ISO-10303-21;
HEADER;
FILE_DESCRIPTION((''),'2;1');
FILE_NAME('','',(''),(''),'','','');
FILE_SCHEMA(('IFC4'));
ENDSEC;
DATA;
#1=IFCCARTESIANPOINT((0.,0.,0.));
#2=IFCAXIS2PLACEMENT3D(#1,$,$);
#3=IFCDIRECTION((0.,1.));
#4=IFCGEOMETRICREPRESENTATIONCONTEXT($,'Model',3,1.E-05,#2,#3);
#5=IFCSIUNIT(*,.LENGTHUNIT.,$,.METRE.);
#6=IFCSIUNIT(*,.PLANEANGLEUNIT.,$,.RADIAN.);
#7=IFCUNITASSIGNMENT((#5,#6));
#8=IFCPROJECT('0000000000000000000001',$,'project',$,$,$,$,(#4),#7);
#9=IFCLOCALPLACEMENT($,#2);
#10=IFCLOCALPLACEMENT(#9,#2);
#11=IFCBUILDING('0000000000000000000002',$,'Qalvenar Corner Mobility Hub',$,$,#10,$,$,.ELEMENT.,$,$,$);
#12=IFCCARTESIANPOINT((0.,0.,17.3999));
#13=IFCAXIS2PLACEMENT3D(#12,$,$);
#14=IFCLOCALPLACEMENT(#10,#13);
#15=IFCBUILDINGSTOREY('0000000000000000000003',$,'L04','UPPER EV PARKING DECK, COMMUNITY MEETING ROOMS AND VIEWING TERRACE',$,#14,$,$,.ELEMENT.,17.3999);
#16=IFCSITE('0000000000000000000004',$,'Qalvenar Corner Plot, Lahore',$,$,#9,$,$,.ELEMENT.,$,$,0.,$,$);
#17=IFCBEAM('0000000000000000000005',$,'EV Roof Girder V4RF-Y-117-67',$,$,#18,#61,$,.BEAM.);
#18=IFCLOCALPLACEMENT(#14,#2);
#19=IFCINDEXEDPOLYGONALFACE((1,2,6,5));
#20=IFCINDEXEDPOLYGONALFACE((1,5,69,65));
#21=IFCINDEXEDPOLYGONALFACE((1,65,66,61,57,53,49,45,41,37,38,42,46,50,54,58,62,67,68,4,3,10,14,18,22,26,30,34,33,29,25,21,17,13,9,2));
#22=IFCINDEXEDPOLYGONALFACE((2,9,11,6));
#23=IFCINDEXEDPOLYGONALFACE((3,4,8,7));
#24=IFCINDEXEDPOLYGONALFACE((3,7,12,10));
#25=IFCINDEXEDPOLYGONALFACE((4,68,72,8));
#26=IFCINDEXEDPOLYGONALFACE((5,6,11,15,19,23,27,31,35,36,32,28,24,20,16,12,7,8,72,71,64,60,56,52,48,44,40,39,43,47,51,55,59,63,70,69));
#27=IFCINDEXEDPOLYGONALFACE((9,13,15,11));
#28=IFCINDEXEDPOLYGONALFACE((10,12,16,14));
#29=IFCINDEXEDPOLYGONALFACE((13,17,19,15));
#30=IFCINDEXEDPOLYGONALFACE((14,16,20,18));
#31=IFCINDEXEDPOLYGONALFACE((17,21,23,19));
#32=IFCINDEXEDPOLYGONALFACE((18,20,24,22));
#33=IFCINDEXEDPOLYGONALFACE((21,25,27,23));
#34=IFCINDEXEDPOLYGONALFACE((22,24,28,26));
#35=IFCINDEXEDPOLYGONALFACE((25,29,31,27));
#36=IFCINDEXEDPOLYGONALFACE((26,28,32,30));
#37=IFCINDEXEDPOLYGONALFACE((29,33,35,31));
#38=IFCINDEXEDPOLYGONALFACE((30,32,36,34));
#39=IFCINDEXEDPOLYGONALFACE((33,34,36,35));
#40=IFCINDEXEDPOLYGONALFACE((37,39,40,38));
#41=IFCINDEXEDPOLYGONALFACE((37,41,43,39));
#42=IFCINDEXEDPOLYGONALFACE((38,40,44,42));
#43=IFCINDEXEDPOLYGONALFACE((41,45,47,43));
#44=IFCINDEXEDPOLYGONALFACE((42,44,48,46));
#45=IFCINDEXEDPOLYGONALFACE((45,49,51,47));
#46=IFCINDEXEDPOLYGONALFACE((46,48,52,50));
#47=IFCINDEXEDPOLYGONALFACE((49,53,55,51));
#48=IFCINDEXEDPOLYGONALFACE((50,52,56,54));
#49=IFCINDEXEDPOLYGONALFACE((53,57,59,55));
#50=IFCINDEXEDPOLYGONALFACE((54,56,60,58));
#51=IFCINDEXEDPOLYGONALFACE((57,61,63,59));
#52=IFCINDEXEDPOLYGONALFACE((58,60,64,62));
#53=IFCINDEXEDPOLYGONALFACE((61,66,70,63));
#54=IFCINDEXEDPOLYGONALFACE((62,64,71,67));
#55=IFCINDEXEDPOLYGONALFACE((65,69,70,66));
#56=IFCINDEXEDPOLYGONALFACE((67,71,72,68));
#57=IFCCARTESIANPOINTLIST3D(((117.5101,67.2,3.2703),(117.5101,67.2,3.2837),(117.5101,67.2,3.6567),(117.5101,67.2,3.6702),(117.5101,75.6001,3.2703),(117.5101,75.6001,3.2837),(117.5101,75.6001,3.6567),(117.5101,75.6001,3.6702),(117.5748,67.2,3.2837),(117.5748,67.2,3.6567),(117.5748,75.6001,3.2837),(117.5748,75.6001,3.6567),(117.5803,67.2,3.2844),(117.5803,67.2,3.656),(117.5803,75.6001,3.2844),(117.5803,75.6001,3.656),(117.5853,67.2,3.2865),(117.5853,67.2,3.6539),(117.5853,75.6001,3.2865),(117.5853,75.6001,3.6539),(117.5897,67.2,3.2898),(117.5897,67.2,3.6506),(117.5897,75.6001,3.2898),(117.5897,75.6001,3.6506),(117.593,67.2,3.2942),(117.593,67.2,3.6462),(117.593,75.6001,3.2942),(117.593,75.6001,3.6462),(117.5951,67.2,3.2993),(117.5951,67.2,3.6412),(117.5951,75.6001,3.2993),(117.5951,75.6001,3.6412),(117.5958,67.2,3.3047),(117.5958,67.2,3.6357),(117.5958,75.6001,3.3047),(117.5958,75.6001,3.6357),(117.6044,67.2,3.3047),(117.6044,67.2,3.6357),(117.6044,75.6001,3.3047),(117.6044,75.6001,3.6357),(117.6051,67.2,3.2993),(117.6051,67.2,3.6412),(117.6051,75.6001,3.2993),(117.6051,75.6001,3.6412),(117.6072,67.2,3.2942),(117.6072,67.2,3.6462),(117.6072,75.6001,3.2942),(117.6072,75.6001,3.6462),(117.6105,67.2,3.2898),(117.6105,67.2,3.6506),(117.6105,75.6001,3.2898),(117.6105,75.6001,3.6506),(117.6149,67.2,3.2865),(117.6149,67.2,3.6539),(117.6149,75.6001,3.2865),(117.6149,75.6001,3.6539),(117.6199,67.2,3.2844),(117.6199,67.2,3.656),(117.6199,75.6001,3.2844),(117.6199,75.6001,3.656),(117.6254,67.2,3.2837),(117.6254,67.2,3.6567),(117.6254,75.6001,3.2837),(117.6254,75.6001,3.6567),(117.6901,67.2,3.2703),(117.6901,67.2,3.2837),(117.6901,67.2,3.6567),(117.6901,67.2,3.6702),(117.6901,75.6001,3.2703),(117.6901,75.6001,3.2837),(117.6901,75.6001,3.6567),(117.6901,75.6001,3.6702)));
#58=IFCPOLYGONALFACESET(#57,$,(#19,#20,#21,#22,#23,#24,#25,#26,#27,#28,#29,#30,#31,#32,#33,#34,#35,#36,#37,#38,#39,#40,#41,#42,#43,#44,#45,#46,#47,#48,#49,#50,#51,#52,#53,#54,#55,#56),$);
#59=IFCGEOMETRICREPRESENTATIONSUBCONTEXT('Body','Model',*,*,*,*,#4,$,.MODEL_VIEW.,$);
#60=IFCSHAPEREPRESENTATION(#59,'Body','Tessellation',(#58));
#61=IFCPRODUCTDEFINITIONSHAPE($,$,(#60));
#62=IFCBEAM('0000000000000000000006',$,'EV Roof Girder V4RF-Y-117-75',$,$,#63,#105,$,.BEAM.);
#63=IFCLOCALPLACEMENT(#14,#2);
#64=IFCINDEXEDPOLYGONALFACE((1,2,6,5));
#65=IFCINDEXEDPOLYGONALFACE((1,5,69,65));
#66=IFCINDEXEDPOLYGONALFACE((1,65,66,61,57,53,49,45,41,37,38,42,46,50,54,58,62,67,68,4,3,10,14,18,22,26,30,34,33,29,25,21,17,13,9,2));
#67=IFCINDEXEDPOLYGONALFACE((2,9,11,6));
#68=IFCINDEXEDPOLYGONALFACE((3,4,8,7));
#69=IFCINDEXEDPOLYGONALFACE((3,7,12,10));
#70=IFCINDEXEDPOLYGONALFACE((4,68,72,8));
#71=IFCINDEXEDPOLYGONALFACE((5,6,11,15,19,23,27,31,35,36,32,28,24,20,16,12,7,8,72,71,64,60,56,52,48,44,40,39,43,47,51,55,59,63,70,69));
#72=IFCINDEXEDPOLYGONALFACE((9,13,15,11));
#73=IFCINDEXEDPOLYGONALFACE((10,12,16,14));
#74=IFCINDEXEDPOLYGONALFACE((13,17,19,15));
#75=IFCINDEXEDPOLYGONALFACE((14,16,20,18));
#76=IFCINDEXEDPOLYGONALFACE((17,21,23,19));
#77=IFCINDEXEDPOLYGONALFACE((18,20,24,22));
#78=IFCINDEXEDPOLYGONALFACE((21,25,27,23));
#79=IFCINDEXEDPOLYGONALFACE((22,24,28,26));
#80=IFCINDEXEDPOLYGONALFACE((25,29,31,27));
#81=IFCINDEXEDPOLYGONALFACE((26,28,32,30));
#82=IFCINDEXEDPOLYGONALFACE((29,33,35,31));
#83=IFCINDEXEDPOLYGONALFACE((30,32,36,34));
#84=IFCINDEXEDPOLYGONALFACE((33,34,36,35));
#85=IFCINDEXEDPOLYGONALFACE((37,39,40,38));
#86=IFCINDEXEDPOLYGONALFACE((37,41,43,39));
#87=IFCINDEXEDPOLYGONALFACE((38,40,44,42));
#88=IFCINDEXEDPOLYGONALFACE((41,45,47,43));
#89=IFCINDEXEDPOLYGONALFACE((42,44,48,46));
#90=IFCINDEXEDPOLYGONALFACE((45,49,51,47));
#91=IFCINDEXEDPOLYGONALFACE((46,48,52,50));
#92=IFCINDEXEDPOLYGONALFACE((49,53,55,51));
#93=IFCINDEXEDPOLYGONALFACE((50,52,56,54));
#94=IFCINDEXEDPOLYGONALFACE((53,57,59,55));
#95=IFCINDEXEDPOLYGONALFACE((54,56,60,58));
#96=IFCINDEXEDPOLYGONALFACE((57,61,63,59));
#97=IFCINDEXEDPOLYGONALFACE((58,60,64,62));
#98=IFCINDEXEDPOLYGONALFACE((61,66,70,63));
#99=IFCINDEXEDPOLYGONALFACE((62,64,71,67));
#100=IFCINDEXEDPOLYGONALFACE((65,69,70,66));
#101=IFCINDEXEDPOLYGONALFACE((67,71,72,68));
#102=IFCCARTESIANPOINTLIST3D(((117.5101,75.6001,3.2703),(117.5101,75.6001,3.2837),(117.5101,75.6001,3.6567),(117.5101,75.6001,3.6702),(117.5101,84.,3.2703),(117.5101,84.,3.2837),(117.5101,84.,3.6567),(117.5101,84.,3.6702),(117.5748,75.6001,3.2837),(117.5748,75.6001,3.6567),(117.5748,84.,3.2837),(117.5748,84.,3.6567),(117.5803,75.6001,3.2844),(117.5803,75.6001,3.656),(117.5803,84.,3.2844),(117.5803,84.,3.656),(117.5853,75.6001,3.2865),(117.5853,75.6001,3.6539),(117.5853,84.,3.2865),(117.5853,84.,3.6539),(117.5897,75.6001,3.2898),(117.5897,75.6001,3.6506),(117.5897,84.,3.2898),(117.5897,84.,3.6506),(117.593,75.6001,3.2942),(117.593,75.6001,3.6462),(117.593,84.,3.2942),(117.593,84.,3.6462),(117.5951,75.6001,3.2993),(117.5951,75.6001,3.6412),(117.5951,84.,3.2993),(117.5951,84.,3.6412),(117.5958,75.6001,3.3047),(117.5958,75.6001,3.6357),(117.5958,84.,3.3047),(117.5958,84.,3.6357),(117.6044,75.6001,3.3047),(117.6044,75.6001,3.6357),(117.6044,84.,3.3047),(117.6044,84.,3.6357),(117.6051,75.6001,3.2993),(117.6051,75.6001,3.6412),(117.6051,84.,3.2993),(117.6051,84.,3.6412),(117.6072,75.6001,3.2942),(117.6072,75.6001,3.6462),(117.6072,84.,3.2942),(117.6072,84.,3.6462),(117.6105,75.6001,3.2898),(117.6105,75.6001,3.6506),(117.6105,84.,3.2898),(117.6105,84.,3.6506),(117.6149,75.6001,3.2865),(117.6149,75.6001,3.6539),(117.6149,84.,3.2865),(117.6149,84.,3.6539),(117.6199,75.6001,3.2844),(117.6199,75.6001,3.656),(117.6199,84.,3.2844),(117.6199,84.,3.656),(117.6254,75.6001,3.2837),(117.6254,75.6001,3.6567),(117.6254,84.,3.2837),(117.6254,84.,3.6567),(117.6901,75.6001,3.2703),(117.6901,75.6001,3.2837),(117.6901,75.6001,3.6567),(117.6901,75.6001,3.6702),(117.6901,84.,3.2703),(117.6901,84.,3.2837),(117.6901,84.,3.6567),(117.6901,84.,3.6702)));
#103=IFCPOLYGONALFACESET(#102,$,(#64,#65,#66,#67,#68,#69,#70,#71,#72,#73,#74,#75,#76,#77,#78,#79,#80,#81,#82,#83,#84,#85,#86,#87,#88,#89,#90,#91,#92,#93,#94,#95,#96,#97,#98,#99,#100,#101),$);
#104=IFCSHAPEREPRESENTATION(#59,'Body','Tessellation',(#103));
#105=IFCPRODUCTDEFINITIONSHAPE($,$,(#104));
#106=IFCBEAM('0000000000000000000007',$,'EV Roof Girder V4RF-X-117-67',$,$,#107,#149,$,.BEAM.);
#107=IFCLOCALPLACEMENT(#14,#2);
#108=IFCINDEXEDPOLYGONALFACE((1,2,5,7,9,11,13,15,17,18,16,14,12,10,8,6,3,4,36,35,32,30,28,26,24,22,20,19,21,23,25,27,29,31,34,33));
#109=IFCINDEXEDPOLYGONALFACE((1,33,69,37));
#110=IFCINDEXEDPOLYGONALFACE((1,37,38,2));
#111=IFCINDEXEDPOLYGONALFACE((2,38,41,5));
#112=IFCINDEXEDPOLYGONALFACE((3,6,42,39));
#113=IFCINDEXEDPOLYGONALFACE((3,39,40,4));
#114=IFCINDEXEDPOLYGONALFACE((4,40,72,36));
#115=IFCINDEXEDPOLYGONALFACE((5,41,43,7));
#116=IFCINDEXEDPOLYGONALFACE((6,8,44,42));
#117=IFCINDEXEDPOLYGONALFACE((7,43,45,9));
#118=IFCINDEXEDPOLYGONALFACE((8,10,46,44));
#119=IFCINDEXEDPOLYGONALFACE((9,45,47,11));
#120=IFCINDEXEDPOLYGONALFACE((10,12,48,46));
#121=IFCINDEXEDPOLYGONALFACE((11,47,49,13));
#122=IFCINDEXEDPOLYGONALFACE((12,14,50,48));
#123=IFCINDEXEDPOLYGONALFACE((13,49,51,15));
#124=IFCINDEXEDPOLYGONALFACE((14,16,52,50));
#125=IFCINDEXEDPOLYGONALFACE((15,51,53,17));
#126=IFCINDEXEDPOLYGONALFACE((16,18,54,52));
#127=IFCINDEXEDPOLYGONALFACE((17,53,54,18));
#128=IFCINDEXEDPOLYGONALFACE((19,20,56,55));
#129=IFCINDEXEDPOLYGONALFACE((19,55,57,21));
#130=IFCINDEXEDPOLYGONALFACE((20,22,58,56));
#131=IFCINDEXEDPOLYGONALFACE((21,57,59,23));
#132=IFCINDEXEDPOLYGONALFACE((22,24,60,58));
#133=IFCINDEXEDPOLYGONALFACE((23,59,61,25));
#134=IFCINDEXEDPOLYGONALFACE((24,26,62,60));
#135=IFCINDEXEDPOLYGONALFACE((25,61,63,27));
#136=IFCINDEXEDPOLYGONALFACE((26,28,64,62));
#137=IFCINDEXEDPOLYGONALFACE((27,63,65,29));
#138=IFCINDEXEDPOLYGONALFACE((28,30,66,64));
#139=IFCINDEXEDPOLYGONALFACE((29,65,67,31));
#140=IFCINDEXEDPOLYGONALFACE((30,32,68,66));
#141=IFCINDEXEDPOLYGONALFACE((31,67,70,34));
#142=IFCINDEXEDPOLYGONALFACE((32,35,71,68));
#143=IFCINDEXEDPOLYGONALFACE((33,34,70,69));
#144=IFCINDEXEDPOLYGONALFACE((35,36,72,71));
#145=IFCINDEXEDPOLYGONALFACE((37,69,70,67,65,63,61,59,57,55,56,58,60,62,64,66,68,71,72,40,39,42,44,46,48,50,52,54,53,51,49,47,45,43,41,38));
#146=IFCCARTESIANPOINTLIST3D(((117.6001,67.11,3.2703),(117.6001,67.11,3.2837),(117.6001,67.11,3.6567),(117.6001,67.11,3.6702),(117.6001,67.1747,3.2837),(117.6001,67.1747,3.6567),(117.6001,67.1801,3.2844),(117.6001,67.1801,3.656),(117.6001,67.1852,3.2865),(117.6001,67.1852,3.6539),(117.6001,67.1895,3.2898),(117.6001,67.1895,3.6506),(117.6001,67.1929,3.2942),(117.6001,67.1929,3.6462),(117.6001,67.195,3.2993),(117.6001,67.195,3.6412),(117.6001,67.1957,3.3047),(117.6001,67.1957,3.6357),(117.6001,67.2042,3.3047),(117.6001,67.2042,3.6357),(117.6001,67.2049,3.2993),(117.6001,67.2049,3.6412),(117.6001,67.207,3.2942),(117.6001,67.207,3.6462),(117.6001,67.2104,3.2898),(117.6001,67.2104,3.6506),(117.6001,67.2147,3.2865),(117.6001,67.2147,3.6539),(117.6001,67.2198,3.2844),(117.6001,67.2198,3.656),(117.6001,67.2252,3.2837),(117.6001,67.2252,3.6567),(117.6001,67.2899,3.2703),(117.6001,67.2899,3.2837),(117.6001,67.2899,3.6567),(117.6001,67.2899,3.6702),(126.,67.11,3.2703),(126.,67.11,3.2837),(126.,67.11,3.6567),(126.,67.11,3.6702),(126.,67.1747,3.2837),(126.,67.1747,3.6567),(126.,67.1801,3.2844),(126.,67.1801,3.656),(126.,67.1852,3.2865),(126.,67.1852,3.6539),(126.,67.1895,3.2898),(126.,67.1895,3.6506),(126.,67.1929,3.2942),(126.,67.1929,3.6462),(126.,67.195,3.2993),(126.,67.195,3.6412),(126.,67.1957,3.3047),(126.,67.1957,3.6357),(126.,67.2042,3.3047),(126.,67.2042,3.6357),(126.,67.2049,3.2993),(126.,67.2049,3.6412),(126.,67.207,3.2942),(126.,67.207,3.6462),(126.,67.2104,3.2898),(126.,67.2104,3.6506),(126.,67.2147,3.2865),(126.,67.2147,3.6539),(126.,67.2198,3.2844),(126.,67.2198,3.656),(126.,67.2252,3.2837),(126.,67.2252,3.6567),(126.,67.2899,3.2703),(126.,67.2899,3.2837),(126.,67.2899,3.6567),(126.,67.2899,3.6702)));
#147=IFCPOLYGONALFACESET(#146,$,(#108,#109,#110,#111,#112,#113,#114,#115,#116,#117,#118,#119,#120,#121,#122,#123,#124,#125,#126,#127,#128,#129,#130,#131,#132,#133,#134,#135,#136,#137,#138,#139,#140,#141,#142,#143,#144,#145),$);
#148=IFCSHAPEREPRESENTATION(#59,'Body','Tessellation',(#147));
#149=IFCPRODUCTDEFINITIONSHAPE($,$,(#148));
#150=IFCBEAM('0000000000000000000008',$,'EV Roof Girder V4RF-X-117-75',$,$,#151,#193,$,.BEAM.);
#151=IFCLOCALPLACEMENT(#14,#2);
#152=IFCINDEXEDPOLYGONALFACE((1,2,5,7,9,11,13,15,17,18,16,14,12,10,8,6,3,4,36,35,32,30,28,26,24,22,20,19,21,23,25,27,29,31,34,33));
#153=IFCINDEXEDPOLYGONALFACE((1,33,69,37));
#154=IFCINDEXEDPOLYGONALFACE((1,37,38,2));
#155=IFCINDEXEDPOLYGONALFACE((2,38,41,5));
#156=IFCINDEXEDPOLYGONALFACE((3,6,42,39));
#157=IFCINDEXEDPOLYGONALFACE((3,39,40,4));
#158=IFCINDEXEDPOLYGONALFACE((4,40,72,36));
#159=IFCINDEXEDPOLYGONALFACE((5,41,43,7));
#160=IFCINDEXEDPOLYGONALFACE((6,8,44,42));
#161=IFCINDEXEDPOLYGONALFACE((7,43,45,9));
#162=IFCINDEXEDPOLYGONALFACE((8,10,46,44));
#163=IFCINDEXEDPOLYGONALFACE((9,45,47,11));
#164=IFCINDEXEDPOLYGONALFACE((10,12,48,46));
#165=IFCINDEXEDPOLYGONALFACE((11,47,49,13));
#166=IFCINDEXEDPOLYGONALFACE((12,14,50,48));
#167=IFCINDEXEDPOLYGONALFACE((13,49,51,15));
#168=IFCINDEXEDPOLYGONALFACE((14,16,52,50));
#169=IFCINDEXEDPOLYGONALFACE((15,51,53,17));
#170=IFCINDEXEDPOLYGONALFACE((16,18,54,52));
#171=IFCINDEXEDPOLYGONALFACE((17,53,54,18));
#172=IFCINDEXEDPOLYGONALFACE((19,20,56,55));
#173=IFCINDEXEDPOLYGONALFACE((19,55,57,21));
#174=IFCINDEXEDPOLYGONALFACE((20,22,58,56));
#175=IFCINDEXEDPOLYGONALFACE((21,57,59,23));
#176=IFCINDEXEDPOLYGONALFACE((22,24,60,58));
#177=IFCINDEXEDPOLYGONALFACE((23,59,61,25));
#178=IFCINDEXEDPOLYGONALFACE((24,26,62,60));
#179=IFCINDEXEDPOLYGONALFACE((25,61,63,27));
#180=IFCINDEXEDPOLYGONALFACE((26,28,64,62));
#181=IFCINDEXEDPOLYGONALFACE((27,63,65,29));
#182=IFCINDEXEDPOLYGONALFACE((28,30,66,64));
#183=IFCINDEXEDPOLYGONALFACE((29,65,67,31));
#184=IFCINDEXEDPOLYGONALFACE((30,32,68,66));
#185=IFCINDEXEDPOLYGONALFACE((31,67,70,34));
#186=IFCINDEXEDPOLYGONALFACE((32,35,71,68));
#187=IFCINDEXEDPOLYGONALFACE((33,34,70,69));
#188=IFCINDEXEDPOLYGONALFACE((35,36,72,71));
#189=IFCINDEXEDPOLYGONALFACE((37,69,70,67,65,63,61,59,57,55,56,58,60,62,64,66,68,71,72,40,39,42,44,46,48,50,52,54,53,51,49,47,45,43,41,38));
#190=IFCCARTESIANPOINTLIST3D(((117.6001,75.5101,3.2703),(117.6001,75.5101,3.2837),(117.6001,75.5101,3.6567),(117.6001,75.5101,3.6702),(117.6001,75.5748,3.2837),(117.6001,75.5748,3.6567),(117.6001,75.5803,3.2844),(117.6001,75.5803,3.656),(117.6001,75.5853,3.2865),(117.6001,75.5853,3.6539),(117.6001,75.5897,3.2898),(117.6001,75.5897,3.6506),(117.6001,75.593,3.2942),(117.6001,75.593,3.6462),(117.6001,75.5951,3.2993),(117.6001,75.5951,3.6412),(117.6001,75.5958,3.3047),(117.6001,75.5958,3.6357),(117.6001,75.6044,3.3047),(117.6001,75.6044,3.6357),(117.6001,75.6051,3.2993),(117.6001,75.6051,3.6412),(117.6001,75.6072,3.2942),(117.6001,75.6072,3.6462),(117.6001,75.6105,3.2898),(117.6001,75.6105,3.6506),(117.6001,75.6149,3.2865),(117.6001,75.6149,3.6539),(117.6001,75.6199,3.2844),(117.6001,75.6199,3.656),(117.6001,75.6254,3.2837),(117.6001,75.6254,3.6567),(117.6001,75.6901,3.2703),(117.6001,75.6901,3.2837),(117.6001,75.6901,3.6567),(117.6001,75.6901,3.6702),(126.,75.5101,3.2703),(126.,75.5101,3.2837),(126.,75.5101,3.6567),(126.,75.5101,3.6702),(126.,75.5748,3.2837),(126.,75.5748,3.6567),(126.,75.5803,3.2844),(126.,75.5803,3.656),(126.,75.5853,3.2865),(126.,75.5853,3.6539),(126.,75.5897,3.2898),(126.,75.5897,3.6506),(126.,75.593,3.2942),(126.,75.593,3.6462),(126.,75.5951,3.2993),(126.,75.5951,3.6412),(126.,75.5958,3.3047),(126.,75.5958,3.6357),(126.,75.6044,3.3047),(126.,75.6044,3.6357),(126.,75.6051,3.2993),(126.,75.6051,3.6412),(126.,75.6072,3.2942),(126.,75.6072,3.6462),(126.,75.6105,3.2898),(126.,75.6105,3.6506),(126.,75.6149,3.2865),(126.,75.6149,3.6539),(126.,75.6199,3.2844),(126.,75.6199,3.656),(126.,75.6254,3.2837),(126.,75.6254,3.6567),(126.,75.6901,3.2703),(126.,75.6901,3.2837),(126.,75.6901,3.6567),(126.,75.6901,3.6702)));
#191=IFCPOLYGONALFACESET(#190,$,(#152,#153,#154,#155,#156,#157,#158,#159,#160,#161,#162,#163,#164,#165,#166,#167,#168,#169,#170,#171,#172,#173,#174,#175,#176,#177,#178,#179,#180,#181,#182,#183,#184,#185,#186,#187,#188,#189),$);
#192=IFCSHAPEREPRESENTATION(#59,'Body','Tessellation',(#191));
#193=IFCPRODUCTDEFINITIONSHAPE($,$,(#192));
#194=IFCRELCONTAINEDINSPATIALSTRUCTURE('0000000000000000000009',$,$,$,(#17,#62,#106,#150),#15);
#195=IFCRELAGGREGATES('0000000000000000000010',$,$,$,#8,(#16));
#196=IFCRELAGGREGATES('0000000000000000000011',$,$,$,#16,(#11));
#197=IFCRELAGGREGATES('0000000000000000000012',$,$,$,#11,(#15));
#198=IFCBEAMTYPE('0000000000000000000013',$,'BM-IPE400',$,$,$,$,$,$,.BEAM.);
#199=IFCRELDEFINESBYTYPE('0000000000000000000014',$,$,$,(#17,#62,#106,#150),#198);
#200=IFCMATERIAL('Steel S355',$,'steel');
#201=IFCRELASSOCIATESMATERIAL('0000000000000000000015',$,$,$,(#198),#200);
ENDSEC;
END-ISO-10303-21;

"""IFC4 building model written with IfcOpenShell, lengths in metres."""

from ifc_helpers import new_model, si_unit, direction, frame, origin, origin_2d, place, context, subcontext, project, spatial, i_section, extrude, material, material_profile, profile_set, type_object, element, save


model = new_model("IFC4")

# Units and contexts
model_context = context("Model", 3, precision=1e-05, world=origin(), true_north=direction((0.0, 1.0)))
body_context = subcontext(model_context, "Body", "Model", "MODEL_VIEW")
ifc_project = project(units=[si_unit("LENGTHUNIT", "METRE"), si_unit("PLANEANGLEUNIT", "RADIAN")], contexts=[model_context])

# Site, building, storey
site_placement = place(None, origin())
site = spatial("IfcSite", under=ifc_project, at=site_placement, Name="Qalvenar Corner Plot, Lahore", CompositionType="ELEMENT", RefElevation=0.0)
building_placement = place(site_placement, origin())
building = spatial("IfcBuilding", under=site, at=building_placement, Name="Qalvenar Corner Mobility Hub", CompositionType="ELEMENT")
storey_placement = place(building_placement, frame((0.0, 0.0, 17.3999)))
storey = spatial("IfcBuildingStorey", under=building, at=storey_placement, Name="L04", Description="UPPER EV PARKING DECK, COMMUNITY MEETING ROOMS AND VIEWING TERRACE", CompositionType="ELEMENT", Elevation=17.3999)

# Shared definitions
ifc_material = material(Name="Steel S355", Category="steel")

# Beams
ifc_material_profile_1 = material_profile(ifc_material, i_section(OverallWidth=0.1799, OverallDepth=0.3999, WebThickness=0.0085, FlangeThickness=0.0134, FilletRadius=0.021, at=origin_2d()), Name="IPE400")
ifc_profile_set_1 = profile_set([ifc_material_profile_1], Name="Steel S355")
beam_type_1 = type_object("IfcBeamType", Name="BM-IPE400", PredefinedType="BEAM", material=ifc_profile_set_1)
beam_1_placement = place(storey_placement, frame((117.6001, 67.2, 3.4702), z_axis=(0.0, 1.0, 0.0), x_axis=(-1.0, 0.0, 0.0)))
element("IfcBeam", 1, at=beam_1_placement, inside=storey, type_object=beam_type_1, Name="EV Roof Girder V4RF-Y-117-67", PredefinedType="BEAM", context=body_context, shape_type="SweptSolid", body=[
    extrude(i_section(OverallWidth=0.1799, OverallDepth=0.3999, WebThickness=0.0085, FlangeThickness=0.0134, FilletRadius=0.021, at=origin_2d()), origin(), (0.0, 0.0, 1.0), 8.4001),
])
for number, where, z_axis, x_axis, name in (
    (2, (117.6001, 75.6001, 3.4702), (0.0, 1.0, 0.0), (-1.0, 0.0, 0.0), "EV Roof Girder V4RF-Y-117-75"),
    (3, (117.6001, 67.2, 3.4702), (1.0, 0.0, 0.0), (0.0, 1.0, 0.0), "EV Roof Girder V4RF-X-117-67"),
    (4, (117.6001, 75.6001, 3.4702), (1.0, 0.0, 0.0), (0.0, 1.0, 0.0), "EV Roof Girder V4RF-X-117-75"),
):
    element("IfcBeam", number, at=place(storey_placement, frame(where, z_axis=z_axis, x_axis=x_axis)), inside=storey, type_object=beam_type_1, Name=name, PredefinedType="BEAM", context=body_context, shape_type="SweptSolid", body=[
        extrude(i_section(OverallWidth=0.1799, OverallDepth=0.3999, WebThickness=0.0085, FlangeThickness=0.0134, FilletRadius=0.021, at=origin_2d()), origin(), (0.0, 0.0, 1.0), 8.3999),
    ])

save(model, "model.ifc")
